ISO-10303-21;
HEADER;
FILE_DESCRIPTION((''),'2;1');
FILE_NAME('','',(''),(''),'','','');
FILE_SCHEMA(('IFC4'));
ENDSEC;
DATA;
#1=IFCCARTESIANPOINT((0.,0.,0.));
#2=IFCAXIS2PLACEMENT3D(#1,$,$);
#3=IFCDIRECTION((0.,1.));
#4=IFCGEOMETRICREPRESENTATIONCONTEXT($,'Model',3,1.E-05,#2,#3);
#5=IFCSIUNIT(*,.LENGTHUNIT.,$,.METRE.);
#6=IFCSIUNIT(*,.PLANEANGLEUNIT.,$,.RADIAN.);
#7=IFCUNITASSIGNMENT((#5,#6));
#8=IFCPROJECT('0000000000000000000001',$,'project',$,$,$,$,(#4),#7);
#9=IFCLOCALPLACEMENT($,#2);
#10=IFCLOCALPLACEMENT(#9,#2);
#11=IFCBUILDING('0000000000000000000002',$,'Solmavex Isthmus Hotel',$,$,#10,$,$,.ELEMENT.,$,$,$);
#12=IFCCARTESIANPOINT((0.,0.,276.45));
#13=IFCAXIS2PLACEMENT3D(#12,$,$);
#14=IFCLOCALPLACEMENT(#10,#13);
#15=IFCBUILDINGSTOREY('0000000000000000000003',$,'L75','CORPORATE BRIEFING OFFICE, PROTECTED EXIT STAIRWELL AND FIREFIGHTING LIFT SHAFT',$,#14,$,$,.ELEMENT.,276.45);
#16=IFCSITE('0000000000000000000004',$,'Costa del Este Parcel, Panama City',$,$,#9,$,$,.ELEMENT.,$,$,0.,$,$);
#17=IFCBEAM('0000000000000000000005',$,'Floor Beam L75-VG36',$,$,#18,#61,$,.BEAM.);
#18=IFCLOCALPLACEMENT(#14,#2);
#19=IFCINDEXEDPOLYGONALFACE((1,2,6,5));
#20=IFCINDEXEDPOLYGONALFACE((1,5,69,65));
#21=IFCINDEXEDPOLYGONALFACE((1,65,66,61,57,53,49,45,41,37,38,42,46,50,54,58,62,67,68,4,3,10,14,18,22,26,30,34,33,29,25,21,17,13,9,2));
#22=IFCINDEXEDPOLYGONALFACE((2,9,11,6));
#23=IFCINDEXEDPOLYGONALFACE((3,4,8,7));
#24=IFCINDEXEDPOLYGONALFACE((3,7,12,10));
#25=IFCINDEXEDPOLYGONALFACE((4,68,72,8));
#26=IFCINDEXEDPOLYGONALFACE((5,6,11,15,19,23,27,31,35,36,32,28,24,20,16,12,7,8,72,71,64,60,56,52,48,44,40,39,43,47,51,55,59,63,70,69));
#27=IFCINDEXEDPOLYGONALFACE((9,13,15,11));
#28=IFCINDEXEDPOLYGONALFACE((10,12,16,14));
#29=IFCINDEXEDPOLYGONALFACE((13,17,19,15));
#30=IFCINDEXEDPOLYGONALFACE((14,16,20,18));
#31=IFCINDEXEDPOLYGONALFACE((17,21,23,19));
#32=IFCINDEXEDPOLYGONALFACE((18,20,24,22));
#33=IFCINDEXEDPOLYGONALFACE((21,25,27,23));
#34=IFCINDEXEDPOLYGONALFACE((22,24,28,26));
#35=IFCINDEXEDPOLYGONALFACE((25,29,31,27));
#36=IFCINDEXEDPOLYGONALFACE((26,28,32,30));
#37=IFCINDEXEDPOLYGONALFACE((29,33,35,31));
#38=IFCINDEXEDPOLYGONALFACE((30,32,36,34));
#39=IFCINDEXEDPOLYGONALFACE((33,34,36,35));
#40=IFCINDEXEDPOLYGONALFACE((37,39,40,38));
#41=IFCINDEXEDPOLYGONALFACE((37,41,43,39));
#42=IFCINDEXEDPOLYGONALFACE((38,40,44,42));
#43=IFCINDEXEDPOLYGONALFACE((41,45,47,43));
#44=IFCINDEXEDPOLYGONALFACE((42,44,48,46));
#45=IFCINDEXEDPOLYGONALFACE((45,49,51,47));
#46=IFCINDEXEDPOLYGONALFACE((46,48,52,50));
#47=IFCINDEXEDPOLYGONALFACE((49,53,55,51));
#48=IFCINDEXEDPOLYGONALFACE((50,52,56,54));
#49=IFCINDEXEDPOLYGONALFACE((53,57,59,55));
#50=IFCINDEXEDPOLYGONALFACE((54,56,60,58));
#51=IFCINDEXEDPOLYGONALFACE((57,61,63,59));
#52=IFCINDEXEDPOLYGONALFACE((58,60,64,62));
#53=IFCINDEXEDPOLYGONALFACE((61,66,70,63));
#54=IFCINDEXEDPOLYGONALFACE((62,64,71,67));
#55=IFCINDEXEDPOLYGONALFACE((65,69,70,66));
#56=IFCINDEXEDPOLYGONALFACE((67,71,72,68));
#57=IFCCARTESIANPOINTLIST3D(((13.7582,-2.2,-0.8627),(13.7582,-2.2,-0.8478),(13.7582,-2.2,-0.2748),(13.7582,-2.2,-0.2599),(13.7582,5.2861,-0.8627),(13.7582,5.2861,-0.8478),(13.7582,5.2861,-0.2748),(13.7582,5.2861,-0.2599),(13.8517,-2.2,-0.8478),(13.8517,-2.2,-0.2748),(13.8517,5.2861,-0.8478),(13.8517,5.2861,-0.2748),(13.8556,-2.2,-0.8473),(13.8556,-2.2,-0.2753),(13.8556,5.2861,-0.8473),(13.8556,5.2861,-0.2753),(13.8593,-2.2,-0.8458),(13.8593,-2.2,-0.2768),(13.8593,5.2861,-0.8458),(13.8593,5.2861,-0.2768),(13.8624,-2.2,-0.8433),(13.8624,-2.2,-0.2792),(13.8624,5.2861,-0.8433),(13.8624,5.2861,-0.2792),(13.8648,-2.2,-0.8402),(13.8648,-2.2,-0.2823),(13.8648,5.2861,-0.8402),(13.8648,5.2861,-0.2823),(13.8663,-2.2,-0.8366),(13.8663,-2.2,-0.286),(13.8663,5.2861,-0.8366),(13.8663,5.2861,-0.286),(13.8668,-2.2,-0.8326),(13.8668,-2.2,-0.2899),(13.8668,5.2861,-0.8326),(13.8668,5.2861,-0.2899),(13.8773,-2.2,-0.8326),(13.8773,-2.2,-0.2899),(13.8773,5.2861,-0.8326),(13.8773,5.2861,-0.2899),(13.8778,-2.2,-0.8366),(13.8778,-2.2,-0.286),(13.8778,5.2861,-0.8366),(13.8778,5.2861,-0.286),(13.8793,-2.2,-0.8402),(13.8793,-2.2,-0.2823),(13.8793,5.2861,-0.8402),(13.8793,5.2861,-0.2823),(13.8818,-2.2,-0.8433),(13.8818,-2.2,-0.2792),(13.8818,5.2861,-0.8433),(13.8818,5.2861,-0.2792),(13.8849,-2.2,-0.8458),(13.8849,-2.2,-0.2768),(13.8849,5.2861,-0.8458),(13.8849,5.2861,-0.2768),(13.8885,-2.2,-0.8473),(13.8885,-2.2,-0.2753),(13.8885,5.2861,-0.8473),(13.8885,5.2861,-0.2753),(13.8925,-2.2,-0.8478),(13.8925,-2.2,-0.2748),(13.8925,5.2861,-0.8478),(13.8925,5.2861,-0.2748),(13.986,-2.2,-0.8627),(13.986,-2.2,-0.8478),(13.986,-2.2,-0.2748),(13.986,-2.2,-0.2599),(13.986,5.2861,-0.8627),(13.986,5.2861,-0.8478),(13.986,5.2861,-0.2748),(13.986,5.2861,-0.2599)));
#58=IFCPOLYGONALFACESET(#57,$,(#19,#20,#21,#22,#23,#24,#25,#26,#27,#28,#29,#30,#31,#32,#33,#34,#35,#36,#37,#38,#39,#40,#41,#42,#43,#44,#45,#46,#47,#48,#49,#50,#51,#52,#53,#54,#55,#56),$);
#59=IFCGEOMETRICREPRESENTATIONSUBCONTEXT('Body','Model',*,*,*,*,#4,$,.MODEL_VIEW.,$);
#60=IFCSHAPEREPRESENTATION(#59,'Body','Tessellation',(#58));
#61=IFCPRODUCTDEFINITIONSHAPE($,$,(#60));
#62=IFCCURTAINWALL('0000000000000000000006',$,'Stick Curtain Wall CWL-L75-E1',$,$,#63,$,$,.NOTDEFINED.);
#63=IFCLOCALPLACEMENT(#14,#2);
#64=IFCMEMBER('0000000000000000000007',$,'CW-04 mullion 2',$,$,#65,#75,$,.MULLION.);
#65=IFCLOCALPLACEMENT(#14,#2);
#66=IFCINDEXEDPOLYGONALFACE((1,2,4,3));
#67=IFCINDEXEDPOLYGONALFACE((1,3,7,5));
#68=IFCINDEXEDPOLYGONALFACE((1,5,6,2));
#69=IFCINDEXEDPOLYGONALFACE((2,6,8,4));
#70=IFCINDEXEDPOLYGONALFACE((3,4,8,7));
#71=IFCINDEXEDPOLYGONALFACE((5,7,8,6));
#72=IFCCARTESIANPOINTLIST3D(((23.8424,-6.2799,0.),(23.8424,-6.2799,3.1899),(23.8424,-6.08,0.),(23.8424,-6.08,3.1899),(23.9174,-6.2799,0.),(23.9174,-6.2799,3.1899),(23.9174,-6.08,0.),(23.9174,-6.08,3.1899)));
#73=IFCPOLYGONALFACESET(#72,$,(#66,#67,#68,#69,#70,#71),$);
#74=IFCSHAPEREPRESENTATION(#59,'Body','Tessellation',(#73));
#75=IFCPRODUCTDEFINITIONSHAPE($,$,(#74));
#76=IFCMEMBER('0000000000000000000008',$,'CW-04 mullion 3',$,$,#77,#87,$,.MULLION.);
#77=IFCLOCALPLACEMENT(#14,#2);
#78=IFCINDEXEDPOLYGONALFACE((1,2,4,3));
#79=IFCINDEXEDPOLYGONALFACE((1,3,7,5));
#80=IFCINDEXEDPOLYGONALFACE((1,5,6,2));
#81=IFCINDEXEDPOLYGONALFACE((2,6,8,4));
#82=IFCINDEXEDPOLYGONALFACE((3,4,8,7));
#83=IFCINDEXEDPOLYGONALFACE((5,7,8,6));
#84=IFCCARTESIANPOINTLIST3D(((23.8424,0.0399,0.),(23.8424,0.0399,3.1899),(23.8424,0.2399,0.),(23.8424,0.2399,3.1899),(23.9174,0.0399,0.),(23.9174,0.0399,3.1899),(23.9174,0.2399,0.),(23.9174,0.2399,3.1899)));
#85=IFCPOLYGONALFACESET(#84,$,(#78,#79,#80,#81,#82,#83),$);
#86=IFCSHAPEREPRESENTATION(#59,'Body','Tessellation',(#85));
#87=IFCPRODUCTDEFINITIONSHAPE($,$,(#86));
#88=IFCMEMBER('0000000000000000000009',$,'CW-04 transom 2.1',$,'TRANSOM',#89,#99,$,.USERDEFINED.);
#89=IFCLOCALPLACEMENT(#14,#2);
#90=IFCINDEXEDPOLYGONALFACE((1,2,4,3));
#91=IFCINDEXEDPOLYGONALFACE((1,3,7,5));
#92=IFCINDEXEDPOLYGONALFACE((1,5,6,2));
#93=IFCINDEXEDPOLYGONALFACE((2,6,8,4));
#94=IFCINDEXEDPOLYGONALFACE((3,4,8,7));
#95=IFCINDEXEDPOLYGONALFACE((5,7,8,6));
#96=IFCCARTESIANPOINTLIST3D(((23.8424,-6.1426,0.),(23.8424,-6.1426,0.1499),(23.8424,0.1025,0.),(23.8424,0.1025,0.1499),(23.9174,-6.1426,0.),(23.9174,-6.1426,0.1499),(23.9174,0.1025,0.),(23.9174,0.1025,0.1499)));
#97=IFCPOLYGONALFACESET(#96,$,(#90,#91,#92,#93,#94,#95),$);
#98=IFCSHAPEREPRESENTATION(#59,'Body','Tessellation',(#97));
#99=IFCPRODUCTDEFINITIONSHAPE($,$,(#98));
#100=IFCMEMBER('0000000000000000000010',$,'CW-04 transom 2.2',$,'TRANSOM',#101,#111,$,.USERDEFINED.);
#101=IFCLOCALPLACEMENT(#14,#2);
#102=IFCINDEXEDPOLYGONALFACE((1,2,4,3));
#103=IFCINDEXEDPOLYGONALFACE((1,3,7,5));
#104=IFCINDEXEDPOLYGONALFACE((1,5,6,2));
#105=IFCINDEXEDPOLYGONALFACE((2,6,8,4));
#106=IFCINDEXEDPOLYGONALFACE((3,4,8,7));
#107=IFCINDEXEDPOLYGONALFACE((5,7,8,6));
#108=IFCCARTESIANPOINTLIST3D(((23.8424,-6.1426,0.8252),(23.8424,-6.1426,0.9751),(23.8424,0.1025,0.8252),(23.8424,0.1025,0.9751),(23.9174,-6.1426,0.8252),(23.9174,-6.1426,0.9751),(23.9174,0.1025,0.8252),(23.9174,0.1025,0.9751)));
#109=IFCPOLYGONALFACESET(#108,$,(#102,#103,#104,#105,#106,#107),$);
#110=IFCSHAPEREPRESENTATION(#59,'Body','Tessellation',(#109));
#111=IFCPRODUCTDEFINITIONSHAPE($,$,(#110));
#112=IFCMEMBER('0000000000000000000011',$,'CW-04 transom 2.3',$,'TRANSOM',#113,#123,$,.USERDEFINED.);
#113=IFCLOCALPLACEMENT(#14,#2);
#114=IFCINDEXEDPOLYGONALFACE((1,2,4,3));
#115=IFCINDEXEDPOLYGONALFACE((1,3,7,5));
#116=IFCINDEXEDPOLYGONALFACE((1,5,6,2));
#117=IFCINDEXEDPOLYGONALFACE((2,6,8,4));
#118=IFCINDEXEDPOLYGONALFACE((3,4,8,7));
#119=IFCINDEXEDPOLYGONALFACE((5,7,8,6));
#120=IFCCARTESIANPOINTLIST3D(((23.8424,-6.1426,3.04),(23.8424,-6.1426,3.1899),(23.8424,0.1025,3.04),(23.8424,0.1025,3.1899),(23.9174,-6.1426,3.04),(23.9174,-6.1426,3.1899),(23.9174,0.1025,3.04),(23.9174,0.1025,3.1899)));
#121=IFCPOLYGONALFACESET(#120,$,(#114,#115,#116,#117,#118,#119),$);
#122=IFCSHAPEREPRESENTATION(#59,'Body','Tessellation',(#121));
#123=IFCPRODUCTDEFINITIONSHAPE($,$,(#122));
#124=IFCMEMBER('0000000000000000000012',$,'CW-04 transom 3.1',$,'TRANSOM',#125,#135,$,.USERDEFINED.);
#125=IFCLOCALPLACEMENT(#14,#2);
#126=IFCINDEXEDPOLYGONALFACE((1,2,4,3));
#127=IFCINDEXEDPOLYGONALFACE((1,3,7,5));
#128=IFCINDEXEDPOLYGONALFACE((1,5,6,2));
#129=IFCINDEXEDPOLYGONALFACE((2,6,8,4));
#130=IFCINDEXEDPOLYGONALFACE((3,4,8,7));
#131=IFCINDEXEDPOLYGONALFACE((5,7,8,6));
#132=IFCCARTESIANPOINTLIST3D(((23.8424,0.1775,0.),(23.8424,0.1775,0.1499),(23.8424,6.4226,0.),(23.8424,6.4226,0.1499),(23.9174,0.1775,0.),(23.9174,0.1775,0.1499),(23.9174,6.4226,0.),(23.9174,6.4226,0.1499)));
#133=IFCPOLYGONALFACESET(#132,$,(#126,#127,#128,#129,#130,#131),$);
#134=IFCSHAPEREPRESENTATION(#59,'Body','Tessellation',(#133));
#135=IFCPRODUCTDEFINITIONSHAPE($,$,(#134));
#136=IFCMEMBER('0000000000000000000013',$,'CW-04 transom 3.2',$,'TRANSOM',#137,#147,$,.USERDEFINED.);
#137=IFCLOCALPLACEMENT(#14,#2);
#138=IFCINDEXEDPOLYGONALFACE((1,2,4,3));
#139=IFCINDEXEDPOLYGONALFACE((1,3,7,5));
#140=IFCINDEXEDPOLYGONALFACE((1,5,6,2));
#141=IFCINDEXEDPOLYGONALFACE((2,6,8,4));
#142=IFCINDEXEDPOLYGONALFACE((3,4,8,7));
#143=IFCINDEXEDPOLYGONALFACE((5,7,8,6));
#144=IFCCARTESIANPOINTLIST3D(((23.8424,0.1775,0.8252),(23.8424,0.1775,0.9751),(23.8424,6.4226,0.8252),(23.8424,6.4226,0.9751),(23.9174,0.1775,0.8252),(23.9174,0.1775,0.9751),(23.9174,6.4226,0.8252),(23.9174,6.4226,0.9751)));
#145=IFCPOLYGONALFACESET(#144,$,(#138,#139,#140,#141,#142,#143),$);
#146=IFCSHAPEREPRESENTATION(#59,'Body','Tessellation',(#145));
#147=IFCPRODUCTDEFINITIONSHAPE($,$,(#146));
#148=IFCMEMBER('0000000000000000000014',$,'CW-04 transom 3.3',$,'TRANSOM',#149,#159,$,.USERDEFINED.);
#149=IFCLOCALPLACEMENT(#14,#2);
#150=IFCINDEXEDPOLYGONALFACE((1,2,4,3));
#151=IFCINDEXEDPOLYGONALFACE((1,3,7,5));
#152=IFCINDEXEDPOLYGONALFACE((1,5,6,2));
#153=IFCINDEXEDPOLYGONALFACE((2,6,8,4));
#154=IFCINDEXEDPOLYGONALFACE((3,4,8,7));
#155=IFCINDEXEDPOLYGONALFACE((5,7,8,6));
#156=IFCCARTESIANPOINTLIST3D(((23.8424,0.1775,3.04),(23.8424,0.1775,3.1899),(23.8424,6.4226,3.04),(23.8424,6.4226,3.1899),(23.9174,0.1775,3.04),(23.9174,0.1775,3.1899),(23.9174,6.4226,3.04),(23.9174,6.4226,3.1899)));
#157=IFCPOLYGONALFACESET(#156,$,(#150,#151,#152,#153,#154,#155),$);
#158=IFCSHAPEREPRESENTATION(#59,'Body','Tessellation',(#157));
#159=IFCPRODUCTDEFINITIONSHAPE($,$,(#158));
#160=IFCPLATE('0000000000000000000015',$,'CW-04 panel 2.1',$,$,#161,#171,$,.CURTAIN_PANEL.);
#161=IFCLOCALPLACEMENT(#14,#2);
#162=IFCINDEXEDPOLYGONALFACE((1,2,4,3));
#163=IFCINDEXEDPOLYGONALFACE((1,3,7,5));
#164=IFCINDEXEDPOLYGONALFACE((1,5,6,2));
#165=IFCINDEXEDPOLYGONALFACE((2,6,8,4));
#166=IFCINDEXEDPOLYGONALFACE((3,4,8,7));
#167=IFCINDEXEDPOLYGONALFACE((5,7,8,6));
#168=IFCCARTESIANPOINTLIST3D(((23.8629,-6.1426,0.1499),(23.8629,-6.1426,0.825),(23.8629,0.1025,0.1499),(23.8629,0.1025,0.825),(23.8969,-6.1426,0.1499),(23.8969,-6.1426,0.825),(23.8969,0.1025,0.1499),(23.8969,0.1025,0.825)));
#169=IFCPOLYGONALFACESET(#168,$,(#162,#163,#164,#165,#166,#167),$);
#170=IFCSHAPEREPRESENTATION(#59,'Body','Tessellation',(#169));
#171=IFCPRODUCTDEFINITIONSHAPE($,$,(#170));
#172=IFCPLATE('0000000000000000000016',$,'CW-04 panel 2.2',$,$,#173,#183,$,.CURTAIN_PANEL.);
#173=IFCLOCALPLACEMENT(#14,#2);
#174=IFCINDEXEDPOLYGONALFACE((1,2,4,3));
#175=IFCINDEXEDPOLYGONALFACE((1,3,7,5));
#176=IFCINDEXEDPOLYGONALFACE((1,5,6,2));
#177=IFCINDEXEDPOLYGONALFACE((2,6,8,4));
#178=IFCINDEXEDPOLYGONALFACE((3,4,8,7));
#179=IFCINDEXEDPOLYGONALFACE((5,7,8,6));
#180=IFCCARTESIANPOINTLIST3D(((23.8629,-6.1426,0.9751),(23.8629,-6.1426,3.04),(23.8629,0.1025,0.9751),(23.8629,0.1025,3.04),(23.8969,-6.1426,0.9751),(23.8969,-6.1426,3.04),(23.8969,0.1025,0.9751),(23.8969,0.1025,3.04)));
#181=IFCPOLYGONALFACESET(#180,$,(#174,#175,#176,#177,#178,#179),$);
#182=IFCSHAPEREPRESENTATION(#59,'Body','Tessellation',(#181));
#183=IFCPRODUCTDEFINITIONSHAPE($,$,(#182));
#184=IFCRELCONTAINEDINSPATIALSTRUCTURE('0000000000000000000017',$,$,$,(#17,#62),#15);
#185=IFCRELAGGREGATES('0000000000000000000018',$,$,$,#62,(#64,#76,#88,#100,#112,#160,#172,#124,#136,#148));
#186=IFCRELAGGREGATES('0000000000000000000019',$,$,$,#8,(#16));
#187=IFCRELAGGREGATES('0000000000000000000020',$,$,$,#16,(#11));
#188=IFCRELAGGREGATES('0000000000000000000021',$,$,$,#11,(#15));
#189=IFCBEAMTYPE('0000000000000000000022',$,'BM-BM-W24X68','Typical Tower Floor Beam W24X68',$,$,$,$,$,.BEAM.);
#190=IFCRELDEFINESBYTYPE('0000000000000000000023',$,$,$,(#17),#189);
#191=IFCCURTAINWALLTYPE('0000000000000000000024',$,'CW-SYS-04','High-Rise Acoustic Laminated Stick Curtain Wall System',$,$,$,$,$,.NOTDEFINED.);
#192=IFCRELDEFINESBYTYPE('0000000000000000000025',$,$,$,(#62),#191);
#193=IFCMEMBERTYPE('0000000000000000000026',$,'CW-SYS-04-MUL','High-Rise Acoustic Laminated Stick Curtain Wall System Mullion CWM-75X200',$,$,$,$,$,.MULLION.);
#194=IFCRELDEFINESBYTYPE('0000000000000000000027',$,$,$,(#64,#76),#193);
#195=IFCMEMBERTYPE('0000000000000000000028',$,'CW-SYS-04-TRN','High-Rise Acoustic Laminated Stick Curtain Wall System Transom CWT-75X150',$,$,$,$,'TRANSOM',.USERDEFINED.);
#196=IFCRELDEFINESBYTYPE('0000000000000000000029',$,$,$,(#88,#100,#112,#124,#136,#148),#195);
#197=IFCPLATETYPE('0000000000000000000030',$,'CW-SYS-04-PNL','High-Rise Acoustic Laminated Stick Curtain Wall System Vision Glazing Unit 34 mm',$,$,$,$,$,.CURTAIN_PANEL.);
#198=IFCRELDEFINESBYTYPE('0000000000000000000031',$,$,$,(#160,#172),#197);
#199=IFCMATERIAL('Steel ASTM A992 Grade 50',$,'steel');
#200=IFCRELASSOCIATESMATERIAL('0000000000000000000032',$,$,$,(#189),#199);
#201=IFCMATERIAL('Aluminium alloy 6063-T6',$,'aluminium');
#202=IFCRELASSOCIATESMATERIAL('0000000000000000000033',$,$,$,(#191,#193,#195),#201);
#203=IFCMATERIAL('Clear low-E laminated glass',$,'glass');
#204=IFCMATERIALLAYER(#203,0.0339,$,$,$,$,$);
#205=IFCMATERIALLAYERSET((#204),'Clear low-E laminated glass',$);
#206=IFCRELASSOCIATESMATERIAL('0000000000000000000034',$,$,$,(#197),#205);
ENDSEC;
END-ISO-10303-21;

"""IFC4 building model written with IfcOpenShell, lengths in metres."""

from ifc_helpers import new_model, si_unit, direction, frame, origin, origin_2d, place, context, subcontext, project, spatial, rectangle, i_section, extrude, material, layer, layer_set, material_profile, profile_set, type_object, element, aggregate, save


model = new_model("IFC4")

# Units and contexts
model_context = context("Model", 3, precision=1e-05, world=origin(), true_north=direction((0.0, 1.0)))
body_context = subcontext(model_context, "Body", "Model", "MODEL_VIEW")
ifc_project = project(units=[si_unit("LENGTHUNIT", "METRE"), si_unit("PLANEANGLEUNIT", "RADIAN")], contexts=[model_context])

# Site, building, storey
site_placement = place(None, origin())
site = spatial("IfcSite", under=ifc_project, at=site_placement, Name="Costa del Este Parcel, Panama City", CompositionType="ELEMENT", RefElevation=0.0)
building_placement = place(site_placement, origin())
building = spatial("IfcBuilding", under=site, at=building_placement, Name="Solmavex Isthmus Hotel", CompositionType="ELEMENT")
storey_placement = place(building_placement, frame((0.0, 0.0, 276.45)))
storey = spatial("IfcBuildingStorey", under=building, at=storey_placement, Name="L75", Description="CORPORATE BRIEFING OFFICE, PROTECTED EXIT STAIRWELL AND FIREFIGHTING LIFT SHAFT", CompositionType="ELEMENT", Elevation=276.45)

# Beam
ifc_material_1 = material(Name="Steel ASTM A992 Grade 50", Category="steel")
ifc_material_profile_1 = material_profile(ifc_material_1, i_section(OverallWidth=0.2278, OverallDepth=0.6028, WebThickness=0.0105, FlangeThickness=0.0149, FilletRadius=0.0151, at=origin_2d()), Name="W24X68")
ifc_profile_set_1 = profile_set([ifc_material_profile_1], Name="Steel ASTM A992 Grade 50")
beam_type = type_object("IfcBeamType", Name="BM-BM-W24X68", Description="Typical Tower Floor Beam W24X68", PredefinedType="BEAM", material=ifc_profile_set_1)
beam_1_placement = place(storey_placement, frame((13.8721, -2.2, -0.5613), z_axis=(0.0, 1.0, 0.0), x_axis=(-1.0, 0.0, 0.0)))
element("IfcBeam", 1, at=beam_1_placement, inside=storey, type_object=beam_type, Name="Floor Beam L75-VG36", PredefinedType="BEAM", context=body_context, shape_type="SweptSolid", body=[
    extrude(i_section(OverallWidth=0.2278, OverallDepth=0.6028, WebThickness=0.0105, FlangeThickness=0.0149, FilletRadius=0.0151, at=origin_2d()), origin(), (0.0, 0.0, 1.0), 7.4861),
])

# Curtain wall, members, plates
ifc_material_2 = material(Name="Aluminium alloy 6063-T6", Category="aluminium")
curtain_wall_type = type_object("IfcCurtainWallType", Name="CW-SYS-04", Description="High-Rise Acoustic Laminated Stick Curtain Wall System", PredefinedType="NOTDEFINED", material=ifc_material_2)
curtain_wall_placement = place(storey_placement, origin())
curtain_wall = element("IfcCurtainWall", 2, at=curtain_wall_placement, inside=storey, type_object=curtain_wall_type, Name="Stick Curtain Wall CWL-L75-E1", PredefinedType="NOTDEFINED")
ifc_material_profile_2 = material_profile(ifc_material_2, rectangle(XDim=0.075, YDim=0.2, at=origin_2d()), Name="CWM-75X200")
ifc_profile_set_2 = profile_set([ifc_material_profile_2], Name="Aluminium alloy 6063-T6")
member_type_1 = type_object("IfcMemberType", Name="CW-SYS-04-MUL", Description="High-Rise Acoustic Laminated Stick Curtain Wall System Mullion CWM-75X200", PredefinedType="MULLION", material=ifc_profile_set_2)
member_1_placement = place(storey_placement, frame((23.8799, -6.1799, 0.0), z_axis=(0.0, 0.0, 1.0), x_axis=(-1.0, 0.0, 0.0)))
member_1 = element("IfcMember", 3, at=member_1_placement, type_object=member_type_1, Name="CW-04 mullion 2", PredefinedType="MULLION", context=body_context, shape_type="SweptSolid", body=[
    extrude(rectangle(XDim=0.075, YDim=0.2, at=origin_2d()), origin(), (0.0, 0.0, 1.0), 3.1899),
])
member_2_placement = place(storey_placement, frame((23.8799, 0.1399, 0.0), z_axis=(0.0, 0.0, 1.0), x_axis=(-1.0, 0.0, 0.0)))
member_2 = element("IfcMember", 4, at=member_2_placement, type_object=member_type_1, Name="CW-04 mullion 3", PredefinedType="MULLION", context=body_context, shape_type="SweptSolid", body=[
    extrude(rectangle(XDim=0.075, YDim=0.2, at=origin_2d()), origin(), (0.0, 0.0, 1.0), 3.1899),
])
ifc_material_profile_3 = material_profile(ifc_material_2, rectangle(XDim=0.075, YDim=0.1499, at=origin_2d()), Name="CWT-75X150")
ifc_profile_set_3 = profile_set([ifc_material_profile_3], Name="Aluminium alloy 6063-T6")
member_type_2 = type_object("IfcMemberType", Name="CW-SYS-04-TRN", Description="High-Rise Acoustic Laminated Stick Curtain Wall System Transom CWT-75X150", ElementType="TRANSOM", PredefinedType="USERDEFINED", material=ifc_profile_set_3)
member_3_placement = place(storey_placement, frame((23.8799, -6.1426, 0.075), z_axis=(0.0, 1.0, 0.0), x_axis=(-1.0, 0.0, 0.0)))
member_3 = element("IfcMember", 5, at=member_3_placement, type_object=member_type_2, Name="CW-04 transom 2.1", ObjectType="TRANSOM", PredefinedType="USERDEFINED", context=body_context, shape_type="SweptSolid", body=[
    extrude(rectangle(XDim=0.075, YDim=0.1499, at=origin_2d()), origin(), (0.0, 0.0, 1.0), 6.2451),
])
member_4_placement = place(storey_placement, frame((23.8799, -6.1426, 0.9001), z_axis=(0.0, 1.0, 0.0), x_axis=(-1.0, 0.0, 0.0)))
member_4 = element("IfcMember", 6, at=member_4_placement, type_object=member_type_2, Name="CW-04 transom 2.2", ObjectType="TRANSOM", PredefinedType="USERDEFINED", context=body_context, shape_type="SweptSolid", body=[
    extrude(rectangle(XDim=0.075, YDim=0.1499, at=origin_2d()), origin(), (0.0, 0.0, 1.0), 6.2451),
])
member_5_placement = place(storey_placement, frame((23.8799, -6.1426, 3.115), z_axis=(0.0, 1.0, 0.0), x_axis=(-1.0, 0.0, 0.0)))
member_5 = element("IfcMember", 7, at=member_5_placement, type_object=member_type_2, Name="CW-04 transom 2.3", ObjectType="TRANSOM", PredefinedType="USERDEFINED", context=body_context, shape_type="SweptSolid", body=[
    extrude(rectangle(XDim=0.075, YDim=0.1499, at=origin_2d()), origin(), (0.0, 0.0, 1.0), 6.2451),
])
member_6_placement = place(storey_placement, frame((23.8799, 0.1775, 0.075), z_axis=(0.0, 1.0, 0.0), x_axis=(-1.0, 0.0, 0.0)))
member_6 = element("IfcMember", 8, at=member_6_placement, type_object=member_type_2, Name="CW-04 transom 3.1", ObjectType="TRANSOM", PredefinedType="USERDEFINED", context=body_context, shape_type="SweptSolid", body=[
    extrude(rectangle(XDim=0.075, YDim=0.1499, at=origin_2d()), origin(), (0.0, 0.0, 1.0), 6.2451),
])
member_7_placement = place(storey_placement, frame((23.8799, 0.1775, 0.9001), z_axis=(0.0, 1.0, 0.0), x_axis=(-1.0, 0.0, 0.0)))
member_7 = element("IfcMember", 9, at=member_7_placement, type_object=member_type_2, Name="CW-04 transom 3.2", ObjectType="TRANSOM", PredefinedType="USERDEFINED", context=body_context, shape_type="SweptSolid", body=[
    extrude(rectangle(XDim=0.075, YDim=0.1499, at=origin_2d()), origin(), (0.0, 0.0, 1.0), 6.2451),
])
member_8_placement = place(storey_placement, frame((23.8799, 0.1775, 3.115), z_axis=(0.0, 1.0, 0.0), x_axis=(-1.0, 0.0, 0.0)))
member_8 = element("IfcMember", 10, at=member_8_placement, type_object=member_type_2, Name="CW-04 transom 3.3", ObjectType="TRANSOM", PredefinedType="USERDEFINED", context=body_context, shape_type="SweptSolid", body=[
    extrude(rectangle(XDim=0.075, YDim=0.1499, at=origin_2d()), origin(), (0.0, 0.0, 1.0), 6.2451),
])
ifc_material_3 = material(Name="Clear low-E laminated glass", Category="glass")
ifc_layer_1 = layer(ifc_material_3, 0.0339)
ifc_layer_set_1 = layer_set([ifc_layer_1], Name="Clear low-E laminated glass")
plate_type = type_object("IfcPlateType", Name="CW-SYS-04-PNL", Description="High-Rise Acoustic Laminated Stick Curtain Wall System Vision Glazing Unit 34 mm", PredefinedType="CURTAIN_PANEL", material=ifc_layer_set_1)
plate_1_placement = place(storey_placement, frame((23.8799, -3.02, 0.1499), z_axis=(0.0, 0.0, 1.0), x_axis=(0.0, 1.0, 0.0)))
plate_1 = element("IfcPlate", 11, at=plate_1_placement, type_object=plate_type, Name="CW-04 panel 2.1", PredefinedType="CURTAIN_PANEL", context=body_context, shape_type="SweptSolid", body=[
    extrude(rectangle(XDim=6.2451, YDim=0.0339, at=origin_2d()), origin(), (0.0, 0.0, 1.0), 0.675),
])
plate_2_placement = place(storey_placement, frame((23.8799, -3.02, 0.9751), z_axis=(0.0, 0.0, 1.0), x_axis=(0.0, 1.0, 0.0)))
plate_2 = element("IfcPlate", 12, at=plate_2_placement, type_object=plate_type, Name="CW-04 panel 2.2", PredefinedType="CURTAIN_PANEL", context=body_context, shape_type="SweptSolid", body=[
    extrude(rectangle(XDim=6.2451, YDim=0.0339, at=origin_2d()), origin(), (0.0, 0.0, 1.0), 2.0649),
])
aggregate(curtain_wall, [member_1, member_2, member_3, member_4, member_5, plate_1, plate_2, member_6, member_7, member_8])

save(model, "model.ifc")
